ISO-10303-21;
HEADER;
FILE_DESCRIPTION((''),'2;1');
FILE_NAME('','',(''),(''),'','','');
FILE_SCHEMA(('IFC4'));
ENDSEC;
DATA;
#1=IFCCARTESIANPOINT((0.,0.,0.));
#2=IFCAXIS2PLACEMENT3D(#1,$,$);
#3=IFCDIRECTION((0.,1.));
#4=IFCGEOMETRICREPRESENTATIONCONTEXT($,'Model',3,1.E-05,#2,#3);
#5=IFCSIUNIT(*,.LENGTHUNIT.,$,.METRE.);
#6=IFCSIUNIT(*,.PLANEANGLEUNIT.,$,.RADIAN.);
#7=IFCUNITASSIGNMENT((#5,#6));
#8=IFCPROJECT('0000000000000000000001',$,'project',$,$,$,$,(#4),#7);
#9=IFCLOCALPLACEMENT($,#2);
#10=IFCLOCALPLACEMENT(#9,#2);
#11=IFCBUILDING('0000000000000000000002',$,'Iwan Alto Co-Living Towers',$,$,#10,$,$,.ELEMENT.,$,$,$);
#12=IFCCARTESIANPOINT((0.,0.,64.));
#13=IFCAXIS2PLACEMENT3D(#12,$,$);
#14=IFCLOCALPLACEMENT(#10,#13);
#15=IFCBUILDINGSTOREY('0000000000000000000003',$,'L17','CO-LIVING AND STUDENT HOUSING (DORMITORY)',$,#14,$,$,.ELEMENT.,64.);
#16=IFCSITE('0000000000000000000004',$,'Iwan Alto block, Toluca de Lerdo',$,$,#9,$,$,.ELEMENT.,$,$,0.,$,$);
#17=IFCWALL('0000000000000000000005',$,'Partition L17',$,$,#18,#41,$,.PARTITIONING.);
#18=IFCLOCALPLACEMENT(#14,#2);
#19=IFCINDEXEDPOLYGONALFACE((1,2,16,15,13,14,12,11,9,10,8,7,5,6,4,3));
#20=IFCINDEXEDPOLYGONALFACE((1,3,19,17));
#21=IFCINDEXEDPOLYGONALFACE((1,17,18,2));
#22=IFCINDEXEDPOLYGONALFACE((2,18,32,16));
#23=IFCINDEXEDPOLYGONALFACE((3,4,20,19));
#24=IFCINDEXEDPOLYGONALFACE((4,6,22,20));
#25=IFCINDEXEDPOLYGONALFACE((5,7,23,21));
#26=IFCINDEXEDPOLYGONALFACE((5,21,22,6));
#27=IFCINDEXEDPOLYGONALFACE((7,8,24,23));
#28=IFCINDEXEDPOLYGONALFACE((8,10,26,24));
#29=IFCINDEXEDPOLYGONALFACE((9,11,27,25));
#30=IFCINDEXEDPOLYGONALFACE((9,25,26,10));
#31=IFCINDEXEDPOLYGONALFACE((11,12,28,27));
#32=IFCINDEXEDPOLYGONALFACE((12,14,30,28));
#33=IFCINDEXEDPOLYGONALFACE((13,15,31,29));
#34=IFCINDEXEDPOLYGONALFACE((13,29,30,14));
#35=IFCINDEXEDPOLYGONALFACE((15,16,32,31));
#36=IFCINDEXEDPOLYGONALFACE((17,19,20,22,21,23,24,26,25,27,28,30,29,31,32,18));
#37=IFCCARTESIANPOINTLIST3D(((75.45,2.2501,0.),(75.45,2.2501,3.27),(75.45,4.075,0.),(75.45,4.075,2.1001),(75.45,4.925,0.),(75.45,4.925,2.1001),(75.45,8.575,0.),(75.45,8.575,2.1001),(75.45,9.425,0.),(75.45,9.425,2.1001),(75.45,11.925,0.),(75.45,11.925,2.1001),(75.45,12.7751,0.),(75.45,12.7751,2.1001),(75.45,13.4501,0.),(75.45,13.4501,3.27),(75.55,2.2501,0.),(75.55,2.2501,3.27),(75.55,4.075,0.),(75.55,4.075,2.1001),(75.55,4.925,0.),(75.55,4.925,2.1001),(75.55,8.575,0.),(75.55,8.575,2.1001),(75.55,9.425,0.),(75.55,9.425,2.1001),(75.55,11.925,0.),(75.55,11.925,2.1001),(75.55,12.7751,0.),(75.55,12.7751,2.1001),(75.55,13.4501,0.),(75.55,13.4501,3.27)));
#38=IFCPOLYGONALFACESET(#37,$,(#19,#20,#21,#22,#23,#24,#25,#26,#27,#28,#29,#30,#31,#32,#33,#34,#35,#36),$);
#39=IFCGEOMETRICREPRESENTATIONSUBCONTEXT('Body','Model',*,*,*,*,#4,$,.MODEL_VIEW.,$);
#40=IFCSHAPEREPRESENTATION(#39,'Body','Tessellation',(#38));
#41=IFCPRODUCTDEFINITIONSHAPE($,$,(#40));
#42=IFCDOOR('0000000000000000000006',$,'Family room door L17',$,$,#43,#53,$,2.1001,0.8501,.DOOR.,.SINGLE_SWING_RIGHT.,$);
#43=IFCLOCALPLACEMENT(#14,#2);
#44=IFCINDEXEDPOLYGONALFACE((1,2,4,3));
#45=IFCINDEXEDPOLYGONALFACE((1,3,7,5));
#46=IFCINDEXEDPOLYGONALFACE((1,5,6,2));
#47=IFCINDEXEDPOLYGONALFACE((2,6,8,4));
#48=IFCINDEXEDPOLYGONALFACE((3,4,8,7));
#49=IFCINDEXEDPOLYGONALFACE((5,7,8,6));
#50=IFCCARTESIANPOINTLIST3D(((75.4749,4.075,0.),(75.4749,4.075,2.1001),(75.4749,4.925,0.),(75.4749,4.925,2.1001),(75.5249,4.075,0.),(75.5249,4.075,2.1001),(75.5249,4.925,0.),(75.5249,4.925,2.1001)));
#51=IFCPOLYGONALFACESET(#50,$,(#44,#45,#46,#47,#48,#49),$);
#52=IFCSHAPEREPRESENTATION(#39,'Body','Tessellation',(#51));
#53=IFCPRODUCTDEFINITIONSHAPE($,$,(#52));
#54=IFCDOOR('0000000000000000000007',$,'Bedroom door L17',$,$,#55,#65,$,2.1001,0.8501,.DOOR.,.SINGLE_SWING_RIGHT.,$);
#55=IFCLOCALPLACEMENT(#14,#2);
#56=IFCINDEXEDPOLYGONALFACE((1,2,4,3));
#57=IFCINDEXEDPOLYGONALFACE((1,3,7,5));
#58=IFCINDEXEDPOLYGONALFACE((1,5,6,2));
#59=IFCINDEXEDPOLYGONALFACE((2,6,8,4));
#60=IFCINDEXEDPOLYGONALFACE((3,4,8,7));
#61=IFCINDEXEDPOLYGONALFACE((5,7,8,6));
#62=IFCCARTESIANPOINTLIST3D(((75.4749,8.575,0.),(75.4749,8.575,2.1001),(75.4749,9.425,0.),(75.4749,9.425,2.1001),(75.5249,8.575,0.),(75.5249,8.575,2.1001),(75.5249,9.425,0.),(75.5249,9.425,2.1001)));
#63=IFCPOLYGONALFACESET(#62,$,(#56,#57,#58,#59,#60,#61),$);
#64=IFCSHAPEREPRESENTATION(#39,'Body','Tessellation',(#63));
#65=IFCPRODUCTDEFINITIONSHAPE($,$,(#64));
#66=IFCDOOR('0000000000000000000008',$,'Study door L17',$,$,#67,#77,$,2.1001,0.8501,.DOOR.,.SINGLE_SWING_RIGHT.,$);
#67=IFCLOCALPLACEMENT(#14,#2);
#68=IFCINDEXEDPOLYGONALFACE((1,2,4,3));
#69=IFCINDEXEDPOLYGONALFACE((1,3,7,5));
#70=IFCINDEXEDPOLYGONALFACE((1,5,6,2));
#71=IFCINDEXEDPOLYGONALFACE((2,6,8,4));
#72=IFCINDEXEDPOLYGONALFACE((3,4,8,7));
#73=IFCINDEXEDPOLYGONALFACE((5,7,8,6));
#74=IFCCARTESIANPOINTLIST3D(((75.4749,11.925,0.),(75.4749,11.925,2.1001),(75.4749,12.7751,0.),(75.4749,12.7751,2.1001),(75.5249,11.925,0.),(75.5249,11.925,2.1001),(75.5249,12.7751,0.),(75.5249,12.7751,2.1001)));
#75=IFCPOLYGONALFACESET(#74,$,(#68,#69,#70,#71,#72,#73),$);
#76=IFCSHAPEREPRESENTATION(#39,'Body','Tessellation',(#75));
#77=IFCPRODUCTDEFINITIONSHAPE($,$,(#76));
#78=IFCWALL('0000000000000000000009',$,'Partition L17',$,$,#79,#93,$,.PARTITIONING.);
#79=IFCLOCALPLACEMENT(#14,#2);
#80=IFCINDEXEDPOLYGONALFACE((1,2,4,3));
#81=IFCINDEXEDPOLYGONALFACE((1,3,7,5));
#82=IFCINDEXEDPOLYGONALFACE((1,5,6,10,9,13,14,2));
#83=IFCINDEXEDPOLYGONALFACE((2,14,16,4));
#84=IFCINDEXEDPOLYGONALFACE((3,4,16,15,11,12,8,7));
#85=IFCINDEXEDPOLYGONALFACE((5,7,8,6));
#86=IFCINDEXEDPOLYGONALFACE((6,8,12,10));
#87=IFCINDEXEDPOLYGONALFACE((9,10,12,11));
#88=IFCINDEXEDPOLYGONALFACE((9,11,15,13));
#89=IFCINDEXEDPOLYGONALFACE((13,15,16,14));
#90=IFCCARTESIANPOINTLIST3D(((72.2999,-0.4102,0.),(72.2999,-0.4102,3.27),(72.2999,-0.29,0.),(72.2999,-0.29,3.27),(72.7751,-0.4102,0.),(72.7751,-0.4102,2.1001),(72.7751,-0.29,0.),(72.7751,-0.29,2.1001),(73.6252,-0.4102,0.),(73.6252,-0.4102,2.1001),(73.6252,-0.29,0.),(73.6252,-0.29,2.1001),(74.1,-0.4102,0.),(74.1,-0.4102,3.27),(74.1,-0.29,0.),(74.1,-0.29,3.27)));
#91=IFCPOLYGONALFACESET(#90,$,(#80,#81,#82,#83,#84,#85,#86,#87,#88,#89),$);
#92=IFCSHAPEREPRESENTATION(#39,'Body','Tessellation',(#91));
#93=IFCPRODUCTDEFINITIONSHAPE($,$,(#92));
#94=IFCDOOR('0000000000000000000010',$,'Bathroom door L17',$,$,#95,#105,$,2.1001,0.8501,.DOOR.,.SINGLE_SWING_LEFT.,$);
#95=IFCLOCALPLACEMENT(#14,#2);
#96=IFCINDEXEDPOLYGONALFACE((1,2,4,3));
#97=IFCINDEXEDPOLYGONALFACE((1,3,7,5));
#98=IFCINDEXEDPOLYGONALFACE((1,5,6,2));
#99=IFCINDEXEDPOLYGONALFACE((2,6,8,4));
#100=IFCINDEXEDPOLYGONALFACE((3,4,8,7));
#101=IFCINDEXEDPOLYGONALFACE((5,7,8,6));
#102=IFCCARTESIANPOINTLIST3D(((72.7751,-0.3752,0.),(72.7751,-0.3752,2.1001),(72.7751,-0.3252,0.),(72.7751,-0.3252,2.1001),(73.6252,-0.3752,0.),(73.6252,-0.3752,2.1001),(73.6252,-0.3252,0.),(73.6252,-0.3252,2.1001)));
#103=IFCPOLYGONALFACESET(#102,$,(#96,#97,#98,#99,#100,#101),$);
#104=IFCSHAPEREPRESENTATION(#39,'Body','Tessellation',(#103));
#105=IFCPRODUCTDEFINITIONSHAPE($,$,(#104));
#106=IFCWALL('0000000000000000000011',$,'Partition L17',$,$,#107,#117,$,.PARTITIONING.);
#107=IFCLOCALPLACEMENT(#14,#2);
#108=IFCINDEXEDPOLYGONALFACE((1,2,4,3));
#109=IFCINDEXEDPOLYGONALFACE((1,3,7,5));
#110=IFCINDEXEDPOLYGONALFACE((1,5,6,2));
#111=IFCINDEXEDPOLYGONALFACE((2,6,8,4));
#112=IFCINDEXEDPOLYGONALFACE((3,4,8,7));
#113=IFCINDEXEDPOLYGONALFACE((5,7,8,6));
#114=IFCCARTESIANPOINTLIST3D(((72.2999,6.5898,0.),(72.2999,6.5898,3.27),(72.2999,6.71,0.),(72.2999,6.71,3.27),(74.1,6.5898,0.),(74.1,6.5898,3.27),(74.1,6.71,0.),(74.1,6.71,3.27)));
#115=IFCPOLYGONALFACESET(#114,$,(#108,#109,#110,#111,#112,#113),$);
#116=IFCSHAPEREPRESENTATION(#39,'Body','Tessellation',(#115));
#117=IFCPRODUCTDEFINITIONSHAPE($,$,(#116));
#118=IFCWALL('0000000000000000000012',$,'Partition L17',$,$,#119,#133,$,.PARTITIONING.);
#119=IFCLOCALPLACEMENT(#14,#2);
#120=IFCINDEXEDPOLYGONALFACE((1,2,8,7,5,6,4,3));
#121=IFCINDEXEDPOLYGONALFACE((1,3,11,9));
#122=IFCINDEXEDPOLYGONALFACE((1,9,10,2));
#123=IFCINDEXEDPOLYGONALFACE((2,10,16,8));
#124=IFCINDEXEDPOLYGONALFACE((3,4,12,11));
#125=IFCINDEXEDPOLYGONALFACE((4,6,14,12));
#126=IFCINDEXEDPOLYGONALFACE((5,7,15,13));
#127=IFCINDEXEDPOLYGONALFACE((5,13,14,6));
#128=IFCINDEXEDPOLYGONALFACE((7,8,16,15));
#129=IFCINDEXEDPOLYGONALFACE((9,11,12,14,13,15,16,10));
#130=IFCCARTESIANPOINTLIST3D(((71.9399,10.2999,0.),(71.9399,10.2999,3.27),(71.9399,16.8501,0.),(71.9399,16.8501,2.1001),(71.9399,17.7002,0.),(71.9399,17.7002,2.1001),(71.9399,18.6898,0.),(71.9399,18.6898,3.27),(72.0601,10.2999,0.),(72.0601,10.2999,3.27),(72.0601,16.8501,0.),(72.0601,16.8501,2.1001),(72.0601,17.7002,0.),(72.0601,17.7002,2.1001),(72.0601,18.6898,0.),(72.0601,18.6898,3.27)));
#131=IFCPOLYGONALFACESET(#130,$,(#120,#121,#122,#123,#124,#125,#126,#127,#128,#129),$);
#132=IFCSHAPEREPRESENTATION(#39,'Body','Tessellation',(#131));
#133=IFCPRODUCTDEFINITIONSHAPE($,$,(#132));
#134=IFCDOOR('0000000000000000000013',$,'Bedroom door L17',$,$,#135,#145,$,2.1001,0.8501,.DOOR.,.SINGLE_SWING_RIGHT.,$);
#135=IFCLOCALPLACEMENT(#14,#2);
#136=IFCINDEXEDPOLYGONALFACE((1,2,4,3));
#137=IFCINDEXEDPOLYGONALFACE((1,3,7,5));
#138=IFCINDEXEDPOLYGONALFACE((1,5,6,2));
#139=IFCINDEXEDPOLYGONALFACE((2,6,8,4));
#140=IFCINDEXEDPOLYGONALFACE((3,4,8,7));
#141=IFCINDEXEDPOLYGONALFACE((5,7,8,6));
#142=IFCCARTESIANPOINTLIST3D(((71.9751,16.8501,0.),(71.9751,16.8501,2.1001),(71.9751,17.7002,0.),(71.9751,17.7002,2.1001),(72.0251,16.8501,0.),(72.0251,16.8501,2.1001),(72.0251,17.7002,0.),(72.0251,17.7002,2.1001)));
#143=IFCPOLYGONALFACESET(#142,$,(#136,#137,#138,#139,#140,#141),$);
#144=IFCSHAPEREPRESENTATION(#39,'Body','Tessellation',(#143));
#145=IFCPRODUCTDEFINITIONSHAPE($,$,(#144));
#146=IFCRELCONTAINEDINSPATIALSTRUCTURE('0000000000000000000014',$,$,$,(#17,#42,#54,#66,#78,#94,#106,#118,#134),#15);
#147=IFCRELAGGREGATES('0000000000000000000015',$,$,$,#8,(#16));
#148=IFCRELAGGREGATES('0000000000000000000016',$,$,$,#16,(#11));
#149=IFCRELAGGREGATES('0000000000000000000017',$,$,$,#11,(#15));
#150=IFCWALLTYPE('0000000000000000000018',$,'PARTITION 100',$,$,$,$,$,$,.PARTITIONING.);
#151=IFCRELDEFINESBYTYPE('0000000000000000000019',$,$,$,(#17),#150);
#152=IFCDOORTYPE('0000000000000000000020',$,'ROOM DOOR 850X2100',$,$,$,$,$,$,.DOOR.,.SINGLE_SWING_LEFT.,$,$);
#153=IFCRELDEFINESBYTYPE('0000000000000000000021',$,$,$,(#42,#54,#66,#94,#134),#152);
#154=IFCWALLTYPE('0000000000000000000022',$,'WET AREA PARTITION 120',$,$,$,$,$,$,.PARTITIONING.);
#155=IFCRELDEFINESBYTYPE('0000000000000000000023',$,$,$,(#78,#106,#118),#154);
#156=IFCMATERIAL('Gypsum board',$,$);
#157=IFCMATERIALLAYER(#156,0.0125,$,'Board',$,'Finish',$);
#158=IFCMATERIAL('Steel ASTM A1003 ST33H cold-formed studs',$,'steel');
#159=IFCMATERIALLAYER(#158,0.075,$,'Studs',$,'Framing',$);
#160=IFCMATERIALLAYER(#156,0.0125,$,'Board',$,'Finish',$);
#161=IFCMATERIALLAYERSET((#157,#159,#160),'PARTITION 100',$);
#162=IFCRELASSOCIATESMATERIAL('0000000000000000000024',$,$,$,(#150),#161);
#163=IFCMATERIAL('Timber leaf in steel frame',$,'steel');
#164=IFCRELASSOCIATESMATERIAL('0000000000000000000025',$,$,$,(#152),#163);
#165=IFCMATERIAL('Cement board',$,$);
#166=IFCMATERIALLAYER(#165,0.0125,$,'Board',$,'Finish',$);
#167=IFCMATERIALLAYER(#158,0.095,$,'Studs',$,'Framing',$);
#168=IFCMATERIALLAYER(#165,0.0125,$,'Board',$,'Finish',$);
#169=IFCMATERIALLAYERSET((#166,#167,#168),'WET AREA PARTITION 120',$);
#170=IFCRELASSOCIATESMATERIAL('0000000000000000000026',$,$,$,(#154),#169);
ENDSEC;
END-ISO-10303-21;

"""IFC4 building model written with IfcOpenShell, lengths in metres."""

from ifc_helpers import new_model, si_unit, direction, frame, frame_2d, origin, place, context, subcontext, project, spatial, rectangle, extrude, material, layer, layer_set, type_object, element, fill, save


model = new_model("IFC4")

# Units and contexts
model_context = context("Model", 3, precision=1e-05, world=origin(), true_north=direction((0.0, 1.0)))
body_context = subcontext(model_context, "Body", "Model", "MODEL_VIEW")
ifc_project = project(units=[si_unit("LENGTHUNIT", "METRE"), si_unit("PLANEANGLEUNIT", "RADIAN")], contexts=[model_context])

# Site, building, storey
site_placement = place(None, origin())
site = spatial("IfcSite", under=ifc_project, at=site_placement, Name="Iwan Alto block, Toluca de Lerdo", CompositionType="ELEMENT", RefElevation=0.0)
building_placement = place(site_placement, origin())
building = spatial("IfcBuilding", under=site, at=building_placement, Name="Iwan Alto Co-Living Towers", CompositionType="ELEMENT")
storey_placement = place(building_placement, frame((0.0, 0.0, 64.0)))
storey = spatial("IfcBuildingStorey", under=building, at=storey_placement, Name="L17", Description="CO-LIVING AND STUDENT HOUSING (DORMITORY)", CompositionType="ELEMENT", Elevation=64.0)

# Shared definitions
ifc_material_1 = material(Name="Gypsum board")
ifc_layer_1 = layer(ifc_material_1, 0.0125, Name="Board", Category="Finish")
ifc_material_2 = material(Name="Steel ASTM A1003 ST33H cold-formed studs", Category="steel")
ifc_layer_2 = layer(ifc_material_2, 0.075, Name="Studs", Category="Framing")
ifc_layer_3 = layer(ifc_material_1, 0.0125, Name="Board", Category="Finish")
ifc_layer_set_1 = layer_set([ifc_layer_1, ifc_layer_2, ifc_layer_3], Name="PARTITION 100")
wall_type_1 = type_object("IfcWallType", Name="PARTITION 100", PredefinedType="PARTITIONING", material=ifc_layer_set_1)
ifc_material_3 = material(Name="Timber leaf in steel frame", Category="steel")
door_type = type_object("IfcDoorType", Name="ROOM DOOR 850X2100", OperationType="SINGLE_SWING_LEFT", PredefinedType="DOOR", material=ifc_material_3)

# Wall, openings, doors
wall_1_placement = place(storey_placement, frame((75.5, 2.25, 0.0), z_axis=(0.0, 0.0, 1.0), x_axis=(0.0, 1.0, 0.0)))
wall_1 = element("IfcWall", 1, at=wall_1_placement, inside=storey, type_object=wall_type_1, Name="Partition L17", PredefinedType="PARTITIONING", context=body_context, shape_type="SweptSolid", body=[
    extrude(rectangle(XDim=11.2, YDim=0.1001, at=frame_2d((5.6001, 0.0))), origin(), (0.0, 0.0, 1.0), 3.27),
])
opening_1_placement = place(wall_1_placement, frame((1.825, 0.0, 0.0)))
opening_1 = element("IfcOpeningElement", 2, at=opening_1_placement, cuts=wall_1, PredefinedType="OPENING", context=body_context, shape_type="SweptSolid", body=[
    extrude(rectangle(XDim=0.8501, YDim=2.1001, at=frame_2d((0.425, 1.05))), frame((0.0, 0.0601, 0.0), z_axis=(0.0, -1.0, 0.0), x_axis=(1.0, 0.0, 0.0)), (0.0, 0.0, 1.0), 0.1201),
])
opening_2_placement = place(wall_1_placement, frame((6.325, 0.0, 0.0)))
opening_2 = element("IfcOpeningElement", 3, at=opening_2_placement, cuts=wall_1, PredefinedType="OPENING", context=body_context, shape_type="SweptSolid", body=[
    extrude(rectangle(XDim=0.8501, YDim=2.1001, at=frame_2d((0.425, 1.05))), frame((0.0, 0.0601, 0.0), z_axis=(0.0, -1.0, 0.0), x_axis=(1.0, 0.0, 0.0)), (0.0, 0.0, 1.0), 0.1201),
])
opening_3_placement = place(wall_1_placement, frame((9.675, 0.0, 0.0)))
opening_3 = element("IfcOpeningElement", 4, at=opening_3_placement, cuts=wall_1, PredefinedType="OPENING", context=body_context, shape_type="SweptSolid", body=[
    extrude(rectangle(XDim=0.8501, YDim=2.1001, at=frame_2d((0.425, 1.05))), frame((0.0, 0.0601, 0.0), z_axis=(0.0, -1.0, 0.0), x_axis=(1.0, 0.0, 0.0)), (0.0, 0.0, 1.0), 0.1201),
])
door_1_placement = place(opening_1_placement, frame((0.8501, 0.0, 0.0), z_axis=(0.0, 0.0, 1.0), x_axis=(-1.0, 0.0, 0.0)))
door_1 = element("IfcDoor", 5, at=door_1_placement, inside=storey, type_object=door_type, Name="Family room door L17", OperationType="SINGLE_SWING_RIGHT", OverallHeight=2.1001, OverallWidth=0.8501, PredefinedType="DOOR", context=body_context, shape_type="SweptSolid", body=[
    extrude(rectangle(XDim=0.8501, YDim=2.1001, at=frame_2d((0.425, 1.05))), frame((0.0, 0.0249, 0.0), z_axis=(0.0, -1.0, 0.0), x_axis=(1.0, 0.0, 0.0)), (0.0, 0.0, 1.0), 0.05),
])
fill(opening_1, door_1)
door_2_placement = place(opening_2_placement, frame((0.8501, 0.0, 0.0), z_axis=(0.0, 0.0, 1.0), x_axis=(-1.0, 0.0, 0.0)))
door_2 = element("IfcDoor", 6, at=door_2_placement, inside=storey, type_object=door_type, Name="Bedroom door L17", OperationType="SINGLE_SWING_RIGHT", OverallHeight=2.1001, OverallWidth=0.8501, PredefinedType="DOOR", context=body_context, shape_type="SweptSolid", body=[
    extrude(rectangle(XDim=0.8501, YDim=2.1001, at=frame_2d((0.425, 1.05))), frame((0.0, 0.0249, 0.0), z_axis=(0.0, -1.0, 0.0), x_axis=(1.0, 0.0, 0.0)), (0.0, 0.0, 1.0), 0.05),
])
fill(opening_2, door_2)
door_3_placement = place(opening_3_placement, frame((0.8501, 0.0, 0.0), z_axis=(0.0, 0.0, 1.0), x_axis=(-1.0, 0.0, 0.0)))
door_3 = element("IfcDoor", 7, at=door_3_placement, inside=storey, type_object=door_type, Name="Study door L17", OperationType="SINGLE_SWING_RIGHT", OverallHeight=2.1001, OverallWidth=0.8501, PredefinedType="DOOR", context=body_context, shape_type="SweptSolid", body=[
    extrude(rectangle(XDim=0.8501, YDim=2.1001, at=frame_2d((0.425, 1.05))), frame((0.0, 0.0249, 0.0), z_axis=(0.0, -1.0, 0.0), x_axis=(1.0, 0.0, 0.0)), (0.0, 0.0, 1.0), 0.05),
])
fill(opening_3, door_3)

# Wall, opening, door
ifc_material_4 = material(Name="Cement board")
ifc_layer_4 = layer(ifc_material_4, 0.0125, Name="Board", Category="Finish")
ifc_layer_5 = layer(ifc_material_2, 0.095, Name="Studs", Category="Framing")
ifc_layer_6 = layer(ifc_material_4, 0.0125, Name="Board", Category="Finish")
ifc_layer_set_2 = layer_set([ifc_layer_4, ifc_layer_5, ifc_layer_6], Name="WET AREA PARTITION 120")
wall_type_2 = type_object("IfcWallType", Name="WET AREA PARTITION 120", PredefinedType="PARTITIONING", material=ifc_layer_set_2)
wall_2_placement = place(storey_placement, frame((72.3, -0.3501, 0.0), z_axis=(0.0, 0.0, 1.0), x_axis=(1.0, 0.0, 0.0)))
wall_2 = element("IfcWall", 8, at=wall_2_placement, inside=storey, type_object=wall_type_2, Name="Partition L17", PredefinedType="PARTITIONING", context=body_context, shape_type="SweptSolid", body=[
    extrude(rectangle(XDim=1.8, YDim=0.1201, at=frame_2d((0.8999, 0.0))), origin(), (0.0, 0.0, 1.0), 3.27),
])
opening_4_placement = place(wall_2_placement, frame((0.4751, 0.0, 0.0)))
opening_4 = element("IfcOpeningElement", 9, at=opening_4_placement, cuts=wall_2, PredefinedType="OPENING", context=body_context, shape_type="SweptSolid", body=[
    extrude(rectangle(XDim=0.8501, YDim=2.1001, at=frame_2d((0.425, 1.05))), frame((0.0, 0.0701, 0.0), z_axis=(0.0, -1.0, 0.0), x_axis=(1.0, 0.0, 0.0)), (0.0, 0.0, 1.0), 0.1401),
])
door_4_placement = place(opening_4_placement, origin())
door_4 = element("IfcDoor", 10, at=door_4_placement, inside=storey, type_object=door_type, Name="Bathroom door L17", OperationType="SINGLE_SWING_LEFT", OverallHeight=2.1001, OverallWidth=0.8501, PredefinedType="DOOR", context=body_context, shape_type="SweptSolid", body=[
    extrude(rectangle(XDim=0.8501, YDim=2.1001, at=frame_2d((0.425, 1.05))), frame((0.0, 0.0249, 0.0), z_axis=(0.0, -1.0, 0.0), x_axis=(1.0, 0.0, 0.0)), (0.0, 0.0, 1.0), 0.05),
])
fill(opening_4, door_4)

# Wall
wall_3_placement = place(storey_placement, frame((72.3, 6.6499, 0.0), z_axis=(0.0, 0.0, 1.0), x_axis=(1.0, 0.0, 0.0)))
element("IfcWall", 11, at=wall_3_placement, inside=storey, type_object=wall_type_2, Name="Partition L17", PredefinedType="PARTITIONING", context=body_context, shape_type="SweptSolid", body=[
    extrude(rectangle(XDim=1.8, YDim=0.1201, at=frame_2d((0.8999, 0.0))), origin(), (0.0, 0.0, 1.0), 3.27),
])

# Wall, opening, door
wall_4_placement = place(storey_placement, frame((72.0, 10.3, 0.0), z_axis=(0.0, 0.0, 1.0), x_axis=(0.0, 1.0, 0.0)))
wall_4 = element("IfcWall", 12, at=wall_4_placement, inside=storey, type_object=wall_type_2, Name="Partition L17", PredefinedType="PARTITIONING", context=body_context, shape_type="SweptSolid", body=[
    extrude(rectangle(XDim=8.3899, YDim=0.1201, at=frame_2d((4.1948, 0.0))), origin(), (0.0, 0.0, 1.0), 3.27),
])
opening_5_placement = place(wall_4_placement, frame((6.55, 0.0, 0.0)))
opening_5 = element("IfcOpeningElement", 13, at=opening_5_placement, cuts=wall_4, PredefinedType="OPENING", context=body_context, shape_type="SweptSolid", body=[
    extrude(rectangle(XDim=0.8501, YDim=2.1001, at=frame_2d((0.425, 1.05))), frame((0.0, 0.0701, 0.0), z_axis=(0.0, -1.0, 0.0), x_axis=(1.0, 0.0, 0.0)), (0.0, 0.0, 1.0), 0.1401),
])
door_5_placement = place(opening_5_placement, origin())
door_5 = element("IfcDoor", 14, at=door_5_placement, inside=storey, type_object=door_type, Name="Bedroom door L17", OperationType="SINGLE_SWING_RIGHT", OverallHeight=2.1001, OverallWidth=0.8501, PredefinedType="DOOR", context=body_context, shape_type="SweptSolid", body=[
    extrude(rectangle(XDim=0.8501, YDim=2.1001, at=frame_2d((0.425, 1.05))), frame((0.0, 0.0249, 0.0), z_axis=(0.0, -1.0, 0.0), x_axis=(1.0, 0.0, 0.0)), (0.0, 0.0, 1.0), 0.05),
])
fill(opening_5, door_5)

save(model, "model.ifc")
